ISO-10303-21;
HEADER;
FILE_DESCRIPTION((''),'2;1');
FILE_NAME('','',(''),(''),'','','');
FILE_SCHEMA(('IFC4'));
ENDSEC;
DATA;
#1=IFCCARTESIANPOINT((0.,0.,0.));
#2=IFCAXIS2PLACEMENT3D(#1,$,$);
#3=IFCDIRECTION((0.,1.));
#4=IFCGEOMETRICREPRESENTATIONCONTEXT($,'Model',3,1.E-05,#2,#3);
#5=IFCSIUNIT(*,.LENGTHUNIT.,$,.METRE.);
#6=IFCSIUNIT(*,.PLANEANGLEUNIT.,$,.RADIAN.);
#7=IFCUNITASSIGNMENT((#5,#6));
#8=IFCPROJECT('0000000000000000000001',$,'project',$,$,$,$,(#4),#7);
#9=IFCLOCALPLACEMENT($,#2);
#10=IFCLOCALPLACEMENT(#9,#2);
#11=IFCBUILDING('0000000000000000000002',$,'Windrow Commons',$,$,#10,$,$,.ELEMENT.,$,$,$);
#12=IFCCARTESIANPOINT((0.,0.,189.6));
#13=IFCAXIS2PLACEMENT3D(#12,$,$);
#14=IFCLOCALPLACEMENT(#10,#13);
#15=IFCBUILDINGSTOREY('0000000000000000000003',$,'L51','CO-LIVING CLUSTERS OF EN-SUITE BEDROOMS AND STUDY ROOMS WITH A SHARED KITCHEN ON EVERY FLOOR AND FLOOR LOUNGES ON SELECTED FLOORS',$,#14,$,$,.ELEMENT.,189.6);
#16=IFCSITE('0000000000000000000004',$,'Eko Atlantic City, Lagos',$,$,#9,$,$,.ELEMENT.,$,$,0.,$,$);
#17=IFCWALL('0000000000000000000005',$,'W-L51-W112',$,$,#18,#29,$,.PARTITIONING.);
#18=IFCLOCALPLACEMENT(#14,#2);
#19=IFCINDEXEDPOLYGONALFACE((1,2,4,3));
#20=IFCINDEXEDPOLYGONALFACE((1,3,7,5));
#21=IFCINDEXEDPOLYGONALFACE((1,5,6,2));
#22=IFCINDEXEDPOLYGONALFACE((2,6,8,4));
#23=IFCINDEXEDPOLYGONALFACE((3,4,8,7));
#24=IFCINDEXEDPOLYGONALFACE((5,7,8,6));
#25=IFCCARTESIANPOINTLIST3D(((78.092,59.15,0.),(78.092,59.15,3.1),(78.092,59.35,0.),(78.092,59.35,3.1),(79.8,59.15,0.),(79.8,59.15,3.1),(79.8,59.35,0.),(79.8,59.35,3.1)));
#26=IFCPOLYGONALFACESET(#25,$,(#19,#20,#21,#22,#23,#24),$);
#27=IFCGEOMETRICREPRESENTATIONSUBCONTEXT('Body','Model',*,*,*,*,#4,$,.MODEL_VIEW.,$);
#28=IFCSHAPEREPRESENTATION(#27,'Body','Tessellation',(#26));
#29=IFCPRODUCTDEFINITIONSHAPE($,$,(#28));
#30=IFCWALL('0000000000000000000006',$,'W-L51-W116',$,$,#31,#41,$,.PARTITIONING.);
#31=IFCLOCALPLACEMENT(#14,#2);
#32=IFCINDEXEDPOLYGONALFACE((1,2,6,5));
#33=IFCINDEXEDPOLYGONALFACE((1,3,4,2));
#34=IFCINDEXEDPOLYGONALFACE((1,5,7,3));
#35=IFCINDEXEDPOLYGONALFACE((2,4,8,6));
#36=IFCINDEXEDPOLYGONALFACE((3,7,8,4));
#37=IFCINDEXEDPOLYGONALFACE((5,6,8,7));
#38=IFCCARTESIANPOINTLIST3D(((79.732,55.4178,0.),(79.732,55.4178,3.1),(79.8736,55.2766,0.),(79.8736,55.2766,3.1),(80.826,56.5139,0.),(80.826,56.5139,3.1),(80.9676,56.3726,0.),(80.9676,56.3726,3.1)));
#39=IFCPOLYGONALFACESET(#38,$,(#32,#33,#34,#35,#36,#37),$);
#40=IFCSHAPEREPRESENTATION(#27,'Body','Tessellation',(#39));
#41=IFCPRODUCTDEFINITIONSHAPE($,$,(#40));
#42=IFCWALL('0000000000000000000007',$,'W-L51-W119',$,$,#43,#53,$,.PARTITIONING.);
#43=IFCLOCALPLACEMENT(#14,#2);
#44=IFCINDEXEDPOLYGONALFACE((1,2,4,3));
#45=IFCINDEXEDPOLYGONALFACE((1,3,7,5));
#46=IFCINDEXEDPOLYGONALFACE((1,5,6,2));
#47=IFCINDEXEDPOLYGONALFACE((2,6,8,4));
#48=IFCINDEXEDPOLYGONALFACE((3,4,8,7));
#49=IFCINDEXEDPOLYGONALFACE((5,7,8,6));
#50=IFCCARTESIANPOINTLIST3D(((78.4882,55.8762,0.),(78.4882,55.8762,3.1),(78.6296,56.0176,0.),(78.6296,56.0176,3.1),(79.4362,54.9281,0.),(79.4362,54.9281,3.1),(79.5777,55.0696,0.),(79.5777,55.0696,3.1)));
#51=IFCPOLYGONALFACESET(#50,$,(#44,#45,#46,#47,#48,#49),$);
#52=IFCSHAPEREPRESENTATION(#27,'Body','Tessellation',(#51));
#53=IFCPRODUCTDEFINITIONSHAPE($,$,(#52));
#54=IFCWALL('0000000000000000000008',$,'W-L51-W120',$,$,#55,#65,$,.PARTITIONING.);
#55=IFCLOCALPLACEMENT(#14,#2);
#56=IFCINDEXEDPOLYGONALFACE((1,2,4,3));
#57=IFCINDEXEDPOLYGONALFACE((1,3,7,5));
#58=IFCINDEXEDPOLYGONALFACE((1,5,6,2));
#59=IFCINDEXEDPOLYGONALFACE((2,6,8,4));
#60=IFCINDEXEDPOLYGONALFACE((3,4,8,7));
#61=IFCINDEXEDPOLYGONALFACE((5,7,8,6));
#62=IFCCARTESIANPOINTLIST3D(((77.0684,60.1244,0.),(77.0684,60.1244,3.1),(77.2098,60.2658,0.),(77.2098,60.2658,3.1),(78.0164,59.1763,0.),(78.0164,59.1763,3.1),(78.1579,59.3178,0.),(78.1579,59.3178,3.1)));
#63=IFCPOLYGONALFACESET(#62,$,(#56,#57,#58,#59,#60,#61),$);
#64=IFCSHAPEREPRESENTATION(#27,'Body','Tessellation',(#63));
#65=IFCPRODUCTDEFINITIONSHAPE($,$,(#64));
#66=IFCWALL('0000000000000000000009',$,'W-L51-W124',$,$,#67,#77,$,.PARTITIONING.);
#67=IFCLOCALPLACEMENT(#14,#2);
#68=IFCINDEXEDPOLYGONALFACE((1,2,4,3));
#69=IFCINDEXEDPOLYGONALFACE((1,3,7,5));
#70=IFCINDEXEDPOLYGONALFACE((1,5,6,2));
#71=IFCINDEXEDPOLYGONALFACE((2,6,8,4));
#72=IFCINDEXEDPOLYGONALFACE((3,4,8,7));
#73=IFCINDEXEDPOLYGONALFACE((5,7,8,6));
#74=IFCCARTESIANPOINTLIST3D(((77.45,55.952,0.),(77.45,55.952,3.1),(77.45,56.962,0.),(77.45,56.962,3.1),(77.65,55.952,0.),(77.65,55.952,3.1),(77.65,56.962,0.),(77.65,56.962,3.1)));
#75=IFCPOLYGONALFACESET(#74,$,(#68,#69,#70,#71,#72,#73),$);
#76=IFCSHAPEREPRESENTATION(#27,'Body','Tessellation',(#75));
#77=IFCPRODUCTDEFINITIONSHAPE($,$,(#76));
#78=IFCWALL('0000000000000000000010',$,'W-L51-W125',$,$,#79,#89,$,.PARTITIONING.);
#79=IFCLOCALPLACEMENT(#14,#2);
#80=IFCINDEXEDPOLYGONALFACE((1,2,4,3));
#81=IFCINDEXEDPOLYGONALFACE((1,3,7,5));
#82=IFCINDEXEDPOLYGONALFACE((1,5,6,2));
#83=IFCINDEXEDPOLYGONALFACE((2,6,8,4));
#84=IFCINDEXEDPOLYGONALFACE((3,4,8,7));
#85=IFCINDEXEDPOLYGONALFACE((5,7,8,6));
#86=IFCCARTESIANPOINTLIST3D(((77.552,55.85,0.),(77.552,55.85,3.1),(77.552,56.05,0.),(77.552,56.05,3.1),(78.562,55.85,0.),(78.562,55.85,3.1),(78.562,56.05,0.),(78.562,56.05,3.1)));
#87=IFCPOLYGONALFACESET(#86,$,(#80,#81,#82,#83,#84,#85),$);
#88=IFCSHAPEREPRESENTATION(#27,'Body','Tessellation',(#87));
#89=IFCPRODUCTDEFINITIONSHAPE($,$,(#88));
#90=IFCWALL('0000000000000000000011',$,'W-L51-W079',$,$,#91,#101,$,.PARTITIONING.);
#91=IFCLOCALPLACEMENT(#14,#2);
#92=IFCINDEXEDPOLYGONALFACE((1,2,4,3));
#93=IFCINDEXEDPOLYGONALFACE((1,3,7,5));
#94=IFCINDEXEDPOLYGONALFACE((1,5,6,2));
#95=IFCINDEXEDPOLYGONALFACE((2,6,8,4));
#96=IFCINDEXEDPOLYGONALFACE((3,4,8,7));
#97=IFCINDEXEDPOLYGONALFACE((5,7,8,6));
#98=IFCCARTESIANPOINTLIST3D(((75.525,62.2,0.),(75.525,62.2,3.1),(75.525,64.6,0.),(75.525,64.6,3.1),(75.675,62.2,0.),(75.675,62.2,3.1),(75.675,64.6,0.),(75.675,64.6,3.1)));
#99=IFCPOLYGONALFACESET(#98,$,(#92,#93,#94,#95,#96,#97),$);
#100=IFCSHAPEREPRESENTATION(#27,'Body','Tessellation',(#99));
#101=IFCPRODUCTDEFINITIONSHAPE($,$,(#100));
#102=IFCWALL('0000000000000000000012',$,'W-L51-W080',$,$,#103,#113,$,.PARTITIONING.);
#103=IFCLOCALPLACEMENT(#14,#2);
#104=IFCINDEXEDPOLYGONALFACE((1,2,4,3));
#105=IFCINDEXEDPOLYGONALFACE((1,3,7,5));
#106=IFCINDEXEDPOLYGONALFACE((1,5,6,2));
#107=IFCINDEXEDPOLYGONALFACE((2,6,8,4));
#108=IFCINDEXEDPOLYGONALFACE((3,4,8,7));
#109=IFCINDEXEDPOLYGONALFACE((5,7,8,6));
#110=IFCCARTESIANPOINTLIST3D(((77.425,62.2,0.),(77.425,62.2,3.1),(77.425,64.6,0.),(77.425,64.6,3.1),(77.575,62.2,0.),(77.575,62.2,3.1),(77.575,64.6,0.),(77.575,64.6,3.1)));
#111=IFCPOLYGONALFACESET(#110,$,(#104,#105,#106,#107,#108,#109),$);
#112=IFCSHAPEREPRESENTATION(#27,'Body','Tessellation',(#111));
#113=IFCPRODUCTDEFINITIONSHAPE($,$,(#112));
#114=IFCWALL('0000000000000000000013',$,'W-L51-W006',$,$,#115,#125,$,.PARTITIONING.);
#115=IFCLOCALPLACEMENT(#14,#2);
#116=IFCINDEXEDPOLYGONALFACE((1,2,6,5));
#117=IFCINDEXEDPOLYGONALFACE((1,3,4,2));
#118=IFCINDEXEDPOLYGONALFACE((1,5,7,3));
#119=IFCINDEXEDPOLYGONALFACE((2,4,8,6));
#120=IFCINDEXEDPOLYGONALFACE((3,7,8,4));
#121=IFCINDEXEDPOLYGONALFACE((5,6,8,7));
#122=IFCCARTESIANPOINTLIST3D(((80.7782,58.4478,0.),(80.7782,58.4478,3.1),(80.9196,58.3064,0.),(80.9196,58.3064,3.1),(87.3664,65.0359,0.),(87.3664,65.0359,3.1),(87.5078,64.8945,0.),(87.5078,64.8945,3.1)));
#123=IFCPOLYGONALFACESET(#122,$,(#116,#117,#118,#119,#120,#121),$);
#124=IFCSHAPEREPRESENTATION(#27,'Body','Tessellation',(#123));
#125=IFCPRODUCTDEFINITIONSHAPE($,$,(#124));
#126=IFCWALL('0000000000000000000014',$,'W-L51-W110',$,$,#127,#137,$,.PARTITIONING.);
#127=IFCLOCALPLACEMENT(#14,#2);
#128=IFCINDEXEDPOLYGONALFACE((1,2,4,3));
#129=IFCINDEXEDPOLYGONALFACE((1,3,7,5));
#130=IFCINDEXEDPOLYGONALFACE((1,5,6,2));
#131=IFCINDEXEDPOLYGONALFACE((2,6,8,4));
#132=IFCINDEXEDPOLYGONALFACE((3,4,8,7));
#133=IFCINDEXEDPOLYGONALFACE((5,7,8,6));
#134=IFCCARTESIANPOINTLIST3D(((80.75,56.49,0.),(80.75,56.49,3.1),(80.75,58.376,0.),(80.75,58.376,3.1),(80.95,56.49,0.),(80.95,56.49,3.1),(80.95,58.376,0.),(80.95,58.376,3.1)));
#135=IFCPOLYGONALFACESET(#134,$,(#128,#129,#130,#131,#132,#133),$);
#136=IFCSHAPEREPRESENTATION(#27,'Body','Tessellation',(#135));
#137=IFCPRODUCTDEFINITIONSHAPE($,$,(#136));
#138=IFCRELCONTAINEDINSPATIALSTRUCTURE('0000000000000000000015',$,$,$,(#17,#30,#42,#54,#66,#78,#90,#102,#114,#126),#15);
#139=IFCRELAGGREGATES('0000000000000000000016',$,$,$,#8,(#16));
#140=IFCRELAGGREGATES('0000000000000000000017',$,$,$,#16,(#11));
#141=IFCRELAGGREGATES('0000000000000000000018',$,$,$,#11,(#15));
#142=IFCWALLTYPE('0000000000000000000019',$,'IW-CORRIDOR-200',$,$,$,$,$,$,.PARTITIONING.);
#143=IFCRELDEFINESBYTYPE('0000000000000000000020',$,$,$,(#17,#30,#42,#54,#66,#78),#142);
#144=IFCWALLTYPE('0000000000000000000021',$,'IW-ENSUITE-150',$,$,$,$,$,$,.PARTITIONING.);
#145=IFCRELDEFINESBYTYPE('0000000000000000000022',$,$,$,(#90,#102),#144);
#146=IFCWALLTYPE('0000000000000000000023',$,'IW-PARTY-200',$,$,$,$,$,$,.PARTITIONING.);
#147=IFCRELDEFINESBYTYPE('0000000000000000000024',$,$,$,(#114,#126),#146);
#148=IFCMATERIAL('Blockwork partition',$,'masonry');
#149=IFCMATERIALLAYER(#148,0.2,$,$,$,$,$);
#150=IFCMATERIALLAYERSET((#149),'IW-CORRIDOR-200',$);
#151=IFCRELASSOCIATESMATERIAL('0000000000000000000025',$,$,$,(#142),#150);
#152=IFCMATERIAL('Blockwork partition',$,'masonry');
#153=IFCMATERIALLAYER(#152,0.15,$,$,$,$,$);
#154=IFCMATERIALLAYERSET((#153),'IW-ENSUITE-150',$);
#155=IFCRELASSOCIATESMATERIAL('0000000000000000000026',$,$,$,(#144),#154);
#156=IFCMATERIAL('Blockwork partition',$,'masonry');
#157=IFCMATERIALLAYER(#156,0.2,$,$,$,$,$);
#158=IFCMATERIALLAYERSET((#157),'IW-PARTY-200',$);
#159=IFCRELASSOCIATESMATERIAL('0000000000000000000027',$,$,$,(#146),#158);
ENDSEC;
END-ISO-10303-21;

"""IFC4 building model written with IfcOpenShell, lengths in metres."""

from ifc_helpers import new_model, si_unit, direction, frame, frame_2d, origin, place, context, subcontext, project, spatial, rectangle, extrude, material, layer, layer_set, type_object, element, save


model = new_model("IFC4")

# Units and contexts
model_context = context("Model", 3, precision=1e-05, world=origin(), true_north=direction((0.0, 1.0)))
body_context = subcontext(model_context, "Body", "Model", "MODEL_VIEW")
ifc_project = project(units=[si_unit("LENGTHUNIT", "METRE"), si_unit("PLANEANGLEUNIT", "RADIAN")], contexts=[model_context])

# Site, building, storey
site_placement = place(None, origin())
site = spatial("IfcSite", under=ifc_project, at=site_placement, Name="Eko Atlantic City, Lagos", CompositionType="ELEMENT", RefElevation=0.0)
building_placement = place(site_placement, origin())
building = spatial("IfcBuilding", under=site, at=building_placement, Name="Windrow Commons", CompositionType="ELEMENT")
storey_placement = place(building_placement, frame((0.0, 0.0, 189.6)))
storey = spatial("IfcBuildingStorey", under=building, at=storey_placement, Name="L51", Description="CO-LIVING CLUSTERS OF EN-SUITE BEDROOMS AND STUDY ROOMS WITH A SHARED KITCHEN ON EVERY FLOOR AND FLOOR LOUNGES ON SELECTED FLOORS", CompositionType="ELEMENT", Elevation=189.6)

# Shared definitions
ifc_material_1 = material(Name="Blockwork partition", Category="masonry")
ifc_layer_1 = layer(ifc_material_1, 0.2)
ifc_layer_set_1 = layer_set([ifc_layer_1], Name="IW-CORRIDOR-200")
wall_type_1 = type_object("IfcWallType", Name="IW-CORRIDOR-200", PredefinedType="PARTITIONING", material=ifc_layer_set_1)

# Walls
wall_1_placement = place(storey_placement, frame((78.092, 59.25, 0.0), z_axis=(0.0, 0.0, 1.0), x_axis=(1.0, 0.0, 0.0)))
element("IfcWall", 1, at=wall_1_placement, inside=storey, type_object=wall_type_1, Name="W-L51-W112", PredefinedType="PARTITIONING", context=body_context, shape_type="SweptSolid", body=[
    extrude(rectangle(XDim=1.708, YDim=0.2, at=frame_2d((0.854, 0.0))), origin(), (0.0, 0.0, 1.0), 3.1),
])
wall_2_placement = place(storey_placement, frame((79.8028, 55.3472, 0.0), z_axis=(0.0, 0.0, 1.0), x_axis=(0.706461, 0.707752, 0.0)))
element("IfcWall", 2, at=wall_2_placement, inside=storey, type_object=wall_type_1, Name="W-L51-W116", PredefinedType="PARTITIONING", context=body_context, shape_type="SweptSolid", body=[
    extrude(rectangle(XDim=1.5486, YDim=0.2, at=frame_2d((0.7743, 0.0))), origin(), (0.0, 0.0, 1.0), 3.1),
])
for number, where, z_axis, x_axis, name in (
    (3, (78.5589, 55.9469, 0.0), (0.0, 0.0, 1.0), (0.707107, -0.707107, 0.0), "W-L51-W119"),
    (4, (77.1391, 60.1951, 0.0), (0.0, 0.0, 1.0), (0.707107, -0.707107, 0.0), "W-L51-W120"),
):
    element("IfcWall", number, at=place(storey_placement, frame(where, z_axis=z_axis, x_axis=x_axis)), inside=storey, type_object=wall_type_1, Name=name, PredefinedType="PARTITIONING", context=body_context, shape_type="SweptSolid", body=[
        extrude(rectangle(XDim=1.3407, YDim=0.2, at=frame_2d((0.6704, 0.0))), origin(), (0.0, 0.0, 1.0), 3.1),
    ])
for number, where, z_axis, x_axis, name in (
    (5, (77.55, 55.952, 0.0), (0.0, 0.0, 1.0), (0.0, 1.0, 0.0), "W-L51-W124"),
    (6, (77.552, 55.95, 0.0), (0.0, 0.0, 1.0), (1.0, 0.0, 0.0), "W-L51-W125"),
):
    element("IfcWall", number, at=place(storey_placement, frame(where, z_axis=z_axis, x_axis=x_axis)), inside=storey, type_object=wall_type_1, Name=name, PredefinedType="PARTITIONING", context=body_context, shape_type="SweptSolid", body=[
        extrude(rectangle(XDim=1.01, YDim=0.2, at=frame_2d((0.505, 0.0))), origin(), (0.0, 0.0, 1.0), 3.1),
    ])
ifc_material_2 = material(Name="Blockwork partition", Category="masonry")
ifc_layer_2 = layer(ifc_material_2, 0.15)
ifc_layer_set_2 = layer_set([ifc_layer_2], Name="IW-ENSUITE-150")
wall_type_2 = type_object("IfcWallType", Name="IW-ENSUITE-150", PredefinedType="PARTITIONING", material=ifc_layer_set_2)
for number, where, z_axis, x_axis, name in (
    (7, (75.6, 62.2, 0.0), (0.0, 0.0, 1.0), (0.0, 1.0, 0.0), "W-L51-W079"),
    (8, (77.5, 62.2, 0.0), (0.0, 0.0, 1.0), (0.0, 1.0, 0.0), "W-L51-W080"),
):
    element("IfcWall", number, at=place(storey_placement, frame(where, z_axis=z_axis, x_axis=x_axis)), inside=storey, type_object=wall_type_2, Name=name, PredefinedType="PARTITIONING", context=body_context, shape_type="SweptSolid", body=[
        extrude(rectangle(XDim=2.4, YDim=0.15, at=frame_2d((1.2, 0.0))), origin(), (0.0, 0.0, 1.0), 3.1),
    ])
ifc_material_3 = material(Name="Blockwork partition", Category="masonry")
ifc_layer_3 = layer(ifc_material_3, 0.2)
ifc_layer_set_3 = layer_set([ifc_layer_3], Name="IW-PARTY-200")
wall_type_3 = type_object("IfcWallType", Name="IW-PARTY-200", PredefinedType="PARTITIONING", material=ifc_layer_set_3)
wall_3_placement = place(storey_placement, frame((80.8489, 58.3771, 0.0), z_axis=(0.0, 0.0, 1.0), x_axis=(0.707112, 0.707101, 0.0)))
element("IfcWall", 9, at=wall_3_placement, inside=storey, type_object=wall_type_3, Name="W-L51-W006", PredefinedType="PARTITIONING", context=body_context, shape_type="SweptSolid", body=[
    extrude(rectangle(XDim=9.3171, YDim=0.2, at=frame_2d((4.6585, 0.0))), origin(), (0.0, 0.0, 1.0), 3.1),
])
wall_4_placement = place(storey_placement, frame((80.85, 56.49, 0.0), z_axis=(0.0, 0.0, 1.0), x_axis=(0.0, 1.0, 0.0)))
element("IfcWall", 10, at=wall_4_placement, inside=storey, type_object=wall_type_3, Name="W-L51-W110", PredefinedType="PARTITIONING", context=body_context, shape_type="SweptSolid", body=[
    extrude(rectangle(XDim=1.886, YDim=0.2, at=frame_2d((0.943, 0.0))), origin(), (0.0, 0.0, 1.0), 3.1),
])

save(model, "model.ifc")
